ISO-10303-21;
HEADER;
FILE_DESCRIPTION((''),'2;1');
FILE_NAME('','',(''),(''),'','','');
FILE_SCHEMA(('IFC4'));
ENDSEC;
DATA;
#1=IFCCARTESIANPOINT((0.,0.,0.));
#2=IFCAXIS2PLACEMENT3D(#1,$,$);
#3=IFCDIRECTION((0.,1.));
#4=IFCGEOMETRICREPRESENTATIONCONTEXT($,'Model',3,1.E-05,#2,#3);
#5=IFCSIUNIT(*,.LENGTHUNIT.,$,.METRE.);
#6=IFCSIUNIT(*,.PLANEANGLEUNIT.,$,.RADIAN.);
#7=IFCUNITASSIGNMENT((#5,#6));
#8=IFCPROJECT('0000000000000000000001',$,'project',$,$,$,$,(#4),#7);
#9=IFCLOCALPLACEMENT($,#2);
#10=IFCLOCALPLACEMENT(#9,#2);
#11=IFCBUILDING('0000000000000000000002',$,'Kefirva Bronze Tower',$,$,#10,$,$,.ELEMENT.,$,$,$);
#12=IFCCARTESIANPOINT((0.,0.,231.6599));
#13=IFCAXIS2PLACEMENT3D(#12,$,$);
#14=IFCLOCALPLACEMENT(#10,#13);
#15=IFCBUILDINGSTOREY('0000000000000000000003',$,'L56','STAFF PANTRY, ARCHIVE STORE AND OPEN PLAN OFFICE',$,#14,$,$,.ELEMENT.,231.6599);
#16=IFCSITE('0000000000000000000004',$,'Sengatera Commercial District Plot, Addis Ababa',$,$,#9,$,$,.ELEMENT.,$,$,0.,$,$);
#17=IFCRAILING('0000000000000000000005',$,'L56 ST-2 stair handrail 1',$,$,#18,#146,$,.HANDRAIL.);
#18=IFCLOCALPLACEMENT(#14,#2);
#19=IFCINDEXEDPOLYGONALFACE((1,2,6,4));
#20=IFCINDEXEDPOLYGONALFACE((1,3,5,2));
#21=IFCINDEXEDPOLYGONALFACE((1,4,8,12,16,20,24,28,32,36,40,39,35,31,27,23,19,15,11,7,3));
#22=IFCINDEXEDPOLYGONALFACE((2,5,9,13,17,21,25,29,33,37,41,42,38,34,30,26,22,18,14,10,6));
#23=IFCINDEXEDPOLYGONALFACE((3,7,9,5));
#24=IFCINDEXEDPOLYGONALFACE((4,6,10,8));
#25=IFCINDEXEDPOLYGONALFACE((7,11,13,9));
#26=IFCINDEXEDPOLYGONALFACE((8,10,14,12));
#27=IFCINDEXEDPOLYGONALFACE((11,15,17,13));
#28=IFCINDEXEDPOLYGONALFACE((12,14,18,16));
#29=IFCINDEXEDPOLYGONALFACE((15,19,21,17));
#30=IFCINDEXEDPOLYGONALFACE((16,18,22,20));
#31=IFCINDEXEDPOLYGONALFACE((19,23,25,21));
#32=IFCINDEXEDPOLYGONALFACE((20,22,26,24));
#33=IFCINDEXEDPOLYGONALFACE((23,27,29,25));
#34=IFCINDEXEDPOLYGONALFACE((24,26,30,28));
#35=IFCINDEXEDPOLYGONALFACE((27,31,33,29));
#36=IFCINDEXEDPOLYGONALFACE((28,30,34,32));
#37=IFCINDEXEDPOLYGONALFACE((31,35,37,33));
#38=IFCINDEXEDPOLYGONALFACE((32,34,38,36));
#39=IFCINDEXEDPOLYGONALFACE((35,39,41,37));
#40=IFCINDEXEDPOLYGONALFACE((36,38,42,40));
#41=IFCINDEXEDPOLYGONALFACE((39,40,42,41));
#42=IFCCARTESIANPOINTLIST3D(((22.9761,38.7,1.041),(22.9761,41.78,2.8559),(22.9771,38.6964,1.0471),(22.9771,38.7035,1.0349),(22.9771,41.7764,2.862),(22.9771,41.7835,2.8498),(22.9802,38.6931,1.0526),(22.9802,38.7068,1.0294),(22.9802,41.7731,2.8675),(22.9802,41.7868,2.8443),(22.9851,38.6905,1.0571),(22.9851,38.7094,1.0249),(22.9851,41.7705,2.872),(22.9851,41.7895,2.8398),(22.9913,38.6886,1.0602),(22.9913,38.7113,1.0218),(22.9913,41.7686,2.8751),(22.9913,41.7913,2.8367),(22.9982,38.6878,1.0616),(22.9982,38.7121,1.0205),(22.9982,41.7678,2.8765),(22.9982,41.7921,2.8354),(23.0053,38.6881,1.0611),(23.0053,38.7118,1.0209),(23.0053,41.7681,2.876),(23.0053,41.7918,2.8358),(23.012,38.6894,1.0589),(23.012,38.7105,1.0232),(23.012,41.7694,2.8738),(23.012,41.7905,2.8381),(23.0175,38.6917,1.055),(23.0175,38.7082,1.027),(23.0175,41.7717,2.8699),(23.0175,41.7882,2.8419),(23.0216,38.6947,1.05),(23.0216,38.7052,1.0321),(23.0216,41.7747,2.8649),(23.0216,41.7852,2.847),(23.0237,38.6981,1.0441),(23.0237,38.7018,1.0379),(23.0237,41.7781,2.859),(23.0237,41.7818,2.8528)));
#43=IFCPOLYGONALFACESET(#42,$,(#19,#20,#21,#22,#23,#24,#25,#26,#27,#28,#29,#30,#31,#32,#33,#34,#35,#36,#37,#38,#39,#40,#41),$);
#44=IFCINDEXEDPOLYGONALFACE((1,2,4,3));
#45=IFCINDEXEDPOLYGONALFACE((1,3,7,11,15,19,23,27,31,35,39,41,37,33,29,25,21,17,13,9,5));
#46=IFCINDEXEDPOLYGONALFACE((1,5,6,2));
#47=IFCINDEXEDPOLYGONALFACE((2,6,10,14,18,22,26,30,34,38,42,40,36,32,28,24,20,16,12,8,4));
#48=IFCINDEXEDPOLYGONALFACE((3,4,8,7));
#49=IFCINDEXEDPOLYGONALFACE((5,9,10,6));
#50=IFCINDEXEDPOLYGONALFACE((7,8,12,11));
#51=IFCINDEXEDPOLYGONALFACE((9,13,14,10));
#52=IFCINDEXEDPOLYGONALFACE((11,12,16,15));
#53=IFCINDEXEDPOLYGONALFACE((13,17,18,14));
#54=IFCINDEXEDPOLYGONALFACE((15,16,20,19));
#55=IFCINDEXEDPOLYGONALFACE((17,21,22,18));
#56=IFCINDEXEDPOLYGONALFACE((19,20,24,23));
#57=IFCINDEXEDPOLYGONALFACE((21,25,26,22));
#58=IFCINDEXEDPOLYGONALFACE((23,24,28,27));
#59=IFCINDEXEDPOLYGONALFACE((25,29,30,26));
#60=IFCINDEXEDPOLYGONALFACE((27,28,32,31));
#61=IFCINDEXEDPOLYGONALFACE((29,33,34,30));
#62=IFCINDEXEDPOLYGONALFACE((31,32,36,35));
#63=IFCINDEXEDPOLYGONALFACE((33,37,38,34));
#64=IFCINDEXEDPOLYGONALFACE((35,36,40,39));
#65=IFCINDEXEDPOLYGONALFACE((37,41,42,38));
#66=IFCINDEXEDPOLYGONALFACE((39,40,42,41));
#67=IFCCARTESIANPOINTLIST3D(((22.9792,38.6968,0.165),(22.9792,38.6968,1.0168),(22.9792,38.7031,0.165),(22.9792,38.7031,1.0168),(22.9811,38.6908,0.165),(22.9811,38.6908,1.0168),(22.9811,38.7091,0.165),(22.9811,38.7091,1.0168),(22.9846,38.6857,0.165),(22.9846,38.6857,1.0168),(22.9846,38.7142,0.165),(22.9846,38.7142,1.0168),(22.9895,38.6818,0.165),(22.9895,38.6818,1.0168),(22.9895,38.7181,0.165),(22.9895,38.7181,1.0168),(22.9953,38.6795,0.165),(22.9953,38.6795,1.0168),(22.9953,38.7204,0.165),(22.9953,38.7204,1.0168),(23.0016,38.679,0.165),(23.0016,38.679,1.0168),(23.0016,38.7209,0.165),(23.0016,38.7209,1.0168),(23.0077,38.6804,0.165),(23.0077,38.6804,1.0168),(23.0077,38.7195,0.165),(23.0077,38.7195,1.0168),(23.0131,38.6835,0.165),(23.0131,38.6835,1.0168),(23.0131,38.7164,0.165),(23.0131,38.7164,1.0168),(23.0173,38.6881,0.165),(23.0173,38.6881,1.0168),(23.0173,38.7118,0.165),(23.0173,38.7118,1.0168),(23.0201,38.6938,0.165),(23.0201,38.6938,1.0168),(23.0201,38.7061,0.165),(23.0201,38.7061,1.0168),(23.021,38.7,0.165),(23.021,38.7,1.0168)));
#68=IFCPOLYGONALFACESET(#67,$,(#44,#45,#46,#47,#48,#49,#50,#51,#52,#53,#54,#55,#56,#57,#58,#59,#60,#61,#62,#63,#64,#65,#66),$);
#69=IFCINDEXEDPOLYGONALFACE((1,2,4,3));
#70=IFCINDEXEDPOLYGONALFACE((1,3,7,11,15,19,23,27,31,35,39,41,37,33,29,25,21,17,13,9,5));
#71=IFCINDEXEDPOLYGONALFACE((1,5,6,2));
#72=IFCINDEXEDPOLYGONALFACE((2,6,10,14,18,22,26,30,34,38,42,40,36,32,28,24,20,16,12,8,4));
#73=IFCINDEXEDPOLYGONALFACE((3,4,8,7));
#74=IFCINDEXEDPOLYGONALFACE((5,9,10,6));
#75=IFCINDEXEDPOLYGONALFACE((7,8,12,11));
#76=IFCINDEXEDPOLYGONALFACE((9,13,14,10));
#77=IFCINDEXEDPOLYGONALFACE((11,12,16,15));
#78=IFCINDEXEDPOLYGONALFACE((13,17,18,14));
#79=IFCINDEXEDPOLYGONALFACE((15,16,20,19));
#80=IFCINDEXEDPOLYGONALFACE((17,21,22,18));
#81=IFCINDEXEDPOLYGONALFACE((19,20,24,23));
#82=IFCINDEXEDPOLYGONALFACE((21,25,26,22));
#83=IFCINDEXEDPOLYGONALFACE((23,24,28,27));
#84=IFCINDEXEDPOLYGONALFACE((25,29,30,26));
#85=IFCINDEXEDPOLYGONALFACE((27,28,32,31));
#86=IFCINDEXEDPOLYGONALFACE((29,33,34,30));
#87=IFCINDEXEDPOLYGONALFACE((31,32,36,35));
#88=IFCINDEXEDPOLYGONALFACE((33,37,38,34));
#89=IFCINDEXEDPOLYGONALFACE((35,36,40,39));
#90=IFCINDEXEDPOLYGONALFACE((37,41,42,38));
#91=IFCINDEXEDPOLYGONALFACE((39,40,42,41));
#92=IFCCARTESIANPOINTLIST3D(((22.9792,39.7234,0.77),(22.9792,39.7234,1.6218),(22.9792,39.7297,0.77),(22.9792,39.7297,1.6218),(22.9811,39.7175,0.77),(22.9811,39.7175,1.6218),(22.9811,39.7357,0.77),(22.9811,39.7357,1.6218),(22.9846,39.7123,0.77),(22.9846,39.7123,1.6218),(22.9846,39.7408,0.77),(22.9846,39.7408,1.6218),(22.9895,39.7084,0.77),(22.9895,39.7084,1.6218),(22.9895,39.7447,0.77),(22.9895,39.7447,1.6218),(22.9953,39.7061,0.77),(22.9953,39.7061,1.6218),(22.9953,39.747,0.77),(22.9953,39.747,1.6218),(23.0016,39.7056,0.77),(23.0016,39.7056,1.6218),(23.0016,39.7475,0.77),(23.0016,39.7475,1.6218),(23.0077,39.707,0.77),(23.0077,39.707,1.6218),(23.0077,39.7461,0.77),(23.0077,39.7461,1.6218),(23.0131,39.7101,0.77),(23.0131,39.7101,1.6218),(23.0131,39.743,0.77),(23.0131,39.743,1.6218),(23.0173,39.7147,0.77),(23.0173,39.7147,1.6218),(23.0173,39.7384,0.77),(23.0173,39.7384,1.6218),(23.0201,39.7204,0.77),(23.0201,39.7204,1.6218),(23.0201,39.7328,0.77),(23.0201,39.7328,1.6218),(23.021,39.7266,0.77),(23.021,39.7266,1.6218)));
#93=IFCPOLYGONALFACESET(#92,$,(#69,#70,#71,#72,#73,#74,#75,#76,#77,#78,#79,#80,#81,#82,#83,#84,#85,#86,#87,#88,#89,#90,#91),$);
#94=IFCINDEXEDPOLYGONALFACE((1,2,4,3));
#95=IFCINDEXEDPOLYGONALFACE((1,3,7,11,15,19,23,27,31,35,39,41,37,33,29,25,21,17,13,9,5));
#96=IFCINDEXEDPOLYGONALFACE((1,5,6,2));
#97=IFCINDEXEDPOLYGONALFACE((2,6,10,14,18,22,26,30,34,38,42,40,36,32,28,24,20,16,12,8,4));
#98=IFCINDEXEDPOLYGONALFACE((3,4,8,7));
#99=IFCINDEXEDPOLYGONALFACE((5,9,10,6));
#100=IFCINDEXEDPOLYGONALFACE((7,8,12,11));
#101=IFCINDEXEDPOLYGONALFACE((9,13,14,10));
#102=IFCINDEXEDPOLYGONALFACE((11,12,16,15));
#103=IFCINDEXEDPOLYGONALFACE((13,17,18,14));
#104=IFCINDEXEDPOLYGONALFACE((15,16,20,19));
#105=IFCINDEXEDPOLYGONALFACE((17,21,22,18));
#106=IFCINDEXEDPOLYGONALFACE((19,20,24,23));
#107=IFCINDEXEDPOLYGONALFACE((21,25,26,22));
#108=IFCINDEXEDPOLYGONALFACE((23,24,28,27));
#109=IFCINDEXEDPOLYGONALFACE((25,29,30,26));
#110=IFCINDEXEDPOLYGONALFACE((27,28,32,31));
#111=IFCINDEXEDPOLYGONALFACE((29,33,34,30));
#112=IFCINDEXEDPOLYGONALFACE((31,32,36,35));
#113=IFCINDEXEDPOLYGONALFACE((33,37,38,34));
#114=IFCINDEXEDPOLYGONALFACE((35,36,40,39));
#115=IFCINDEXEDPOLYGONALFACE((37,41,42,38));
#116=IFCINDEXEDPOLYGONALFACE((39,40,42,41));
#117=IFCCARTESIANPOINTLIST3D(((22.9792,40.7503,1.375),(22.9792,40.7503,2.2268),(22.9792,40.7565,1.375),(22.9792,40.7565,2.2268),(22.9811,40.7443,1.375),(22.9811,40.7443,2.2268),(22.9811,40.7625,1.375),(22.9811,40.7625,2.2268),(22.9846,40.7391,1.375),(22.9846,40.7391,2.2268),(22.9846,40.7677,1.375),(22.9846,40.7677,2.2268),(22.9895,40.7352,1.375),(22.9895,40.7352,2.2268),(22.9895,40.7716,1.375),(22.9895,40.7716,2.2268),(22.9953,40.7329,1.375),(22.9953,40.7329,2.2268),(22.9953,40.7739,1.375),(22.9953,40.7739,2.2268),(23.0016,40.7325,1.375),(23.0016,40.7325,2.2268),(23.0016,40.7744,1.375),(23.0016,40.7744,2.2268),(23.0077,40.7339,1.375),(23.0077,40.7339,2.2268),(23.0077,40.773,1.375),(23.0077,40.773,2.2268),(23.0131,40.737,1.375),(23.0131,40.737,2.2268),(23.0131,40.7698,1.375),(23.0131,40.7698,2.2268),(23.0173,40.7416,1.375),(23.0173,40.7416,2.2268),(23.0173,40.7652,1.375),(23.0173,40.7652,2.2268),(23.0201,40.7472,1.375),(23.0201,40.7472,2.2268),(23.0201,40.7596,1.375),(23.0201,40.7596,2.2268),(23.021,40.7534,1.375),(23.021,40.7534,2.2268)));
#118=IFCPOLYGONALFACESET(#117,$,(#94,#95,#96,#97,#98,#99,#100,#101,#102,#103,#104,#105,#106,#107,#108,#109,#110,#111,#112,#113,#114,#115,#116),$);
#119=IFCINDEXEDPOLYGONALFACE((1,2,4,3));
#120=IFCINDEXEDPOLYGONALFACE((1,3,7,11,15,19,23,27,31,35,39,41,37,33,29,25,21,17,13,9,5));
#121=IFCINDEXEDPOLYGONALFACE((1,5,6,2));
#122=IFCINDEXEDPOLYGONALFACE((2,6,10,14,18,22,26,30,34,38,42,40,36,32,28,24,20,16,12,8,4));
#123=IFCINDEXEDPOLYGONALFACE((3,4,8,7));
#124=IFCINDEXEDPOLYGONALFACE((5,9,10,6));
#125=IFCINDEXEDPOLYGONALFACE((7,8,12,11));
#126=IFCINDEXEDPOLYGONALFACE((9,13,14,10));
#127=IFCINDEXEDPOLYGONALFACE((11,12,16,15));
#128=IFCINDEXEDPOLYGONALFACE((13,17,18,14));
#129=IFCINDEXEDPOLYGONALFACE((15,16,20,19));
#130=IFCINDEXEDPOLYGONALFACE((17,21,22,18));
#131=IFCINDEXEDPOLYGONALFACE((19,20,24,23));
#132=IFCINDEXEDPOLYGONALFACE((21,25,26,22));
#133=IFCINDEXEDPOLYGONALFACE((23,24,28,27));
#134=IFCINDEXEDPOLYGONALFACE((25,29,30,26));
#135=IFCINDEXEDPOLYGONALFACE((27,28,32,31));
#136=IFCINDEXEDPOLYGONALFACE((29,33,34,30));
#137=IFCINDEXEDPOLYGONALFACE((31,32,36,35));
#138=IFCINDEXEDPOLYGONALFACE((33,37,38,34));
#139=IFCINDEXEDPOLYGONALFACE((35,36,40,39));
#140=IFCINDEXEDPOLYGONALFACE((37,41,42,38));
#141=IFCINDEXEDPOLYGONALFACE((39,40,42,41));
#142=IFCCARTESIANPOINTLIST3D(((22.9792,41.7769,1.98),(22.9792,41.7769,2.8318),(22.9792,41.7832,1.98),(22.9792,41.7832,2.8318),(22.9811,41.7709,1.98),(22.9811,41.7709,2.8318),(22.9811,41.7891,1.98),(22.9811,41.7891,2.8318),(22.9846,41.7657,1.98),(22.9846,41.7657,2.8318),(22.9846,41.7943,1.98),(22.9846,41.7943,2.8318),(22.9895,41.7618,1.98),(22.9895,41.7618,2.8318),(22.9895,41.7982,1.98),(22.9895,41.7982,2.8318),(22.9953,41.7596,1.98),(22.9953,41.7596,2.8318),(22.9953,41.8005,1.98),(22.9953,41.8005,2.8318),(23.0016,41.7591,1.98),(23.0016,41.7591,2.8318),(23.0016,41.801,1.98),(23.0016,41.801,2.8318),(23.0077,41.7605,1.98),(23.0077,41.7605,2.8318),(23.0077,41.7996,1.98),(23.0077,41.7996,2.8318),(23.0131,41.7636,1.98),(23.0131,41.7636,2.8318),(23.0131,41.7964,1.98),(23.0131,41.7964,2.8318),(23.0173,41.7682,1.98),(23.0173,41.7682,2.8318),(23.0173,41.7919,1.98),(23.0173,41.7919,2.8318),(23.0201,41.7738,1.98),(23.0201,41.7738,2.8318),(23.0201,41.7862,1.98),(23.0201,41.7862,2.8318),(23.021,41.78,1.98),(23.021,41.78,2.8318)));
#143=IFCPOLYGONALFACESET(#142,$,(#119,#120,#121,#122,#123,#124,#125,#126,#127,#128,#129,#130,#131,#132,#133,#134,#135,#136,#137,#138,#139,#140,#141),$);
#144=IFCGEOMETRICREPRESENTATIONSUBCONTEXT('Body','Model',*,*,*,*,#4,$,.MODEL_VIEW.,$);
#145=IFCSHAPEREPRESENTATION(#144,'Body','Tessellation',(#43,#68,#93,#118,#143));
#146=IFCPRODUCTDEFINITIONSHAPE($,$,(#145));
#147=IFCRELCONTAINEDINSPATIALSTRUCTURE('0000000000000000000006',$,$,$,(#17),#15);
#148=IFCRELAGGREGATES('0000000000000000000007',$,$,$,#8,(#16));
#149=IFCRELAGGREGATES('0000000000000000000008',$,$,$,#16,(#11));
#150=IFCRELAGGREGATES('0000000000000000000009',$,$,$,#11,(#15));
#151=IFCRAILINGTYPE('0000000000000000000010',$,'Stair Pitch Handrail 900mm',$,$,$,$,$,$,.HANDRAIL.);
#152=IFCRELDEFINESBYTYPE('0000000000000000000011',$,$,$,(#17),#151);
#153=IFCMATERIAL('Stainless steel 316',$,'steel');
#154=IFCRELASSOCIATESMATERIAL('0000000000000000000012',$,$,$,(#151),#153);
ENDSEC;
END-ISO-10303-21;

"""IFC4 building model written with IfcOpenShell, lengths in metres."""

from ifc_helpers import new_model, si_unit, direction, frame, origin, origin_2d, place, context, subcontext, project, spatial, circle, extrude, material, type_object, element, save


model = new_model("IFC4")

# Units and contexts
model_context = context("Model", 3, precision=1e-05, world=origin(), true_north=direction((0.0, 1.0)))
body_context = subcontext(model_context, "Body", "Model", "MODEL_VIEW")
ifc_project = project(units=[si_unit("LENGTHUNIT", "METRE"), si_unit("PLANEANGLEUNIT", "RADIAN")], contexts=[model_context])

# Site, building, storey
site_placement = place(None, origin())
site = spatial("IfcSite", under=ifc_project, at=site_placement, Name="Sengatera Commercial District Plot, Addis Ababa", CompositionType="ELEMENT", RefElevation=0.0)
building_placement = place(site_placement, origin())
building = spatial("IfcBuilding", under=site, at=building_placement, Name="Kefirva Bronze Tower", CompositionType="ELEMENT")
storey_placement = place(building_placement, frame((0.0, 0.0, 231.6599)))
storey = spatial("IfcBuildingStorey", under=building, at=storey_placement, Name="L56", Description="STAFF PANTRY, ARCHIVE STORE AND OPEN PLAN OFFICE", CompositionType="ELEMENT", Elevation=231.6599)

# Railing
ifc_material_1 = material(Name="Stainless steel 316", Category="steel")
railing_type_1 = type_object("IfcRailingType", Name="Stair Pitch Handrail 900mm", PredefinedType="HANDRAIL", material=ifc_material_1)
railing_1_placement = place(storey_placement, frame((23.0, 38.7, 0.165)))
element("IfcRailing", 1, at=railing_1_placement, inside=storey, type_object=railing_type_1, Name="L56 ST-2 stair handrail 1", PredefinedType="HANDRAIL", context=body_context, shape_type="SweptSolid", body=[
    extrude(circle(Radius=0.0239, at=origin_2d()), frame((0.0, 0.0, 0.876), z_axis=(0.0, 0.861551, 0.507671), x_axis=(-1.0, 0.0, 0.0)), (0.0, 0.0, 1.0), 3.575),
    extrude(circle(Radius=0.021, at=origin_2d()), origin(), (0.0, 0.0, 1.0), 0.8518),
    extrude(circle(Radius=0.021, at=origin_2d()), frame((0.0, 1.0266, 0.605)), (0.0, 0.0, 1.0), 0.8518),
    extrude(circle(Radius=0.021, at=origin_2d()), frame((0.0, 2.0535, 1.21)), (0.0, 0.0, 1.0), 0.8518),
    extrude(circle(Radius=0.021, at=origin_2d()), frame((0.0, 3.0801, 1.8149)), (0.0, 0.0, 1.0), 0.8518),
])

save(model, "model.ifc")
